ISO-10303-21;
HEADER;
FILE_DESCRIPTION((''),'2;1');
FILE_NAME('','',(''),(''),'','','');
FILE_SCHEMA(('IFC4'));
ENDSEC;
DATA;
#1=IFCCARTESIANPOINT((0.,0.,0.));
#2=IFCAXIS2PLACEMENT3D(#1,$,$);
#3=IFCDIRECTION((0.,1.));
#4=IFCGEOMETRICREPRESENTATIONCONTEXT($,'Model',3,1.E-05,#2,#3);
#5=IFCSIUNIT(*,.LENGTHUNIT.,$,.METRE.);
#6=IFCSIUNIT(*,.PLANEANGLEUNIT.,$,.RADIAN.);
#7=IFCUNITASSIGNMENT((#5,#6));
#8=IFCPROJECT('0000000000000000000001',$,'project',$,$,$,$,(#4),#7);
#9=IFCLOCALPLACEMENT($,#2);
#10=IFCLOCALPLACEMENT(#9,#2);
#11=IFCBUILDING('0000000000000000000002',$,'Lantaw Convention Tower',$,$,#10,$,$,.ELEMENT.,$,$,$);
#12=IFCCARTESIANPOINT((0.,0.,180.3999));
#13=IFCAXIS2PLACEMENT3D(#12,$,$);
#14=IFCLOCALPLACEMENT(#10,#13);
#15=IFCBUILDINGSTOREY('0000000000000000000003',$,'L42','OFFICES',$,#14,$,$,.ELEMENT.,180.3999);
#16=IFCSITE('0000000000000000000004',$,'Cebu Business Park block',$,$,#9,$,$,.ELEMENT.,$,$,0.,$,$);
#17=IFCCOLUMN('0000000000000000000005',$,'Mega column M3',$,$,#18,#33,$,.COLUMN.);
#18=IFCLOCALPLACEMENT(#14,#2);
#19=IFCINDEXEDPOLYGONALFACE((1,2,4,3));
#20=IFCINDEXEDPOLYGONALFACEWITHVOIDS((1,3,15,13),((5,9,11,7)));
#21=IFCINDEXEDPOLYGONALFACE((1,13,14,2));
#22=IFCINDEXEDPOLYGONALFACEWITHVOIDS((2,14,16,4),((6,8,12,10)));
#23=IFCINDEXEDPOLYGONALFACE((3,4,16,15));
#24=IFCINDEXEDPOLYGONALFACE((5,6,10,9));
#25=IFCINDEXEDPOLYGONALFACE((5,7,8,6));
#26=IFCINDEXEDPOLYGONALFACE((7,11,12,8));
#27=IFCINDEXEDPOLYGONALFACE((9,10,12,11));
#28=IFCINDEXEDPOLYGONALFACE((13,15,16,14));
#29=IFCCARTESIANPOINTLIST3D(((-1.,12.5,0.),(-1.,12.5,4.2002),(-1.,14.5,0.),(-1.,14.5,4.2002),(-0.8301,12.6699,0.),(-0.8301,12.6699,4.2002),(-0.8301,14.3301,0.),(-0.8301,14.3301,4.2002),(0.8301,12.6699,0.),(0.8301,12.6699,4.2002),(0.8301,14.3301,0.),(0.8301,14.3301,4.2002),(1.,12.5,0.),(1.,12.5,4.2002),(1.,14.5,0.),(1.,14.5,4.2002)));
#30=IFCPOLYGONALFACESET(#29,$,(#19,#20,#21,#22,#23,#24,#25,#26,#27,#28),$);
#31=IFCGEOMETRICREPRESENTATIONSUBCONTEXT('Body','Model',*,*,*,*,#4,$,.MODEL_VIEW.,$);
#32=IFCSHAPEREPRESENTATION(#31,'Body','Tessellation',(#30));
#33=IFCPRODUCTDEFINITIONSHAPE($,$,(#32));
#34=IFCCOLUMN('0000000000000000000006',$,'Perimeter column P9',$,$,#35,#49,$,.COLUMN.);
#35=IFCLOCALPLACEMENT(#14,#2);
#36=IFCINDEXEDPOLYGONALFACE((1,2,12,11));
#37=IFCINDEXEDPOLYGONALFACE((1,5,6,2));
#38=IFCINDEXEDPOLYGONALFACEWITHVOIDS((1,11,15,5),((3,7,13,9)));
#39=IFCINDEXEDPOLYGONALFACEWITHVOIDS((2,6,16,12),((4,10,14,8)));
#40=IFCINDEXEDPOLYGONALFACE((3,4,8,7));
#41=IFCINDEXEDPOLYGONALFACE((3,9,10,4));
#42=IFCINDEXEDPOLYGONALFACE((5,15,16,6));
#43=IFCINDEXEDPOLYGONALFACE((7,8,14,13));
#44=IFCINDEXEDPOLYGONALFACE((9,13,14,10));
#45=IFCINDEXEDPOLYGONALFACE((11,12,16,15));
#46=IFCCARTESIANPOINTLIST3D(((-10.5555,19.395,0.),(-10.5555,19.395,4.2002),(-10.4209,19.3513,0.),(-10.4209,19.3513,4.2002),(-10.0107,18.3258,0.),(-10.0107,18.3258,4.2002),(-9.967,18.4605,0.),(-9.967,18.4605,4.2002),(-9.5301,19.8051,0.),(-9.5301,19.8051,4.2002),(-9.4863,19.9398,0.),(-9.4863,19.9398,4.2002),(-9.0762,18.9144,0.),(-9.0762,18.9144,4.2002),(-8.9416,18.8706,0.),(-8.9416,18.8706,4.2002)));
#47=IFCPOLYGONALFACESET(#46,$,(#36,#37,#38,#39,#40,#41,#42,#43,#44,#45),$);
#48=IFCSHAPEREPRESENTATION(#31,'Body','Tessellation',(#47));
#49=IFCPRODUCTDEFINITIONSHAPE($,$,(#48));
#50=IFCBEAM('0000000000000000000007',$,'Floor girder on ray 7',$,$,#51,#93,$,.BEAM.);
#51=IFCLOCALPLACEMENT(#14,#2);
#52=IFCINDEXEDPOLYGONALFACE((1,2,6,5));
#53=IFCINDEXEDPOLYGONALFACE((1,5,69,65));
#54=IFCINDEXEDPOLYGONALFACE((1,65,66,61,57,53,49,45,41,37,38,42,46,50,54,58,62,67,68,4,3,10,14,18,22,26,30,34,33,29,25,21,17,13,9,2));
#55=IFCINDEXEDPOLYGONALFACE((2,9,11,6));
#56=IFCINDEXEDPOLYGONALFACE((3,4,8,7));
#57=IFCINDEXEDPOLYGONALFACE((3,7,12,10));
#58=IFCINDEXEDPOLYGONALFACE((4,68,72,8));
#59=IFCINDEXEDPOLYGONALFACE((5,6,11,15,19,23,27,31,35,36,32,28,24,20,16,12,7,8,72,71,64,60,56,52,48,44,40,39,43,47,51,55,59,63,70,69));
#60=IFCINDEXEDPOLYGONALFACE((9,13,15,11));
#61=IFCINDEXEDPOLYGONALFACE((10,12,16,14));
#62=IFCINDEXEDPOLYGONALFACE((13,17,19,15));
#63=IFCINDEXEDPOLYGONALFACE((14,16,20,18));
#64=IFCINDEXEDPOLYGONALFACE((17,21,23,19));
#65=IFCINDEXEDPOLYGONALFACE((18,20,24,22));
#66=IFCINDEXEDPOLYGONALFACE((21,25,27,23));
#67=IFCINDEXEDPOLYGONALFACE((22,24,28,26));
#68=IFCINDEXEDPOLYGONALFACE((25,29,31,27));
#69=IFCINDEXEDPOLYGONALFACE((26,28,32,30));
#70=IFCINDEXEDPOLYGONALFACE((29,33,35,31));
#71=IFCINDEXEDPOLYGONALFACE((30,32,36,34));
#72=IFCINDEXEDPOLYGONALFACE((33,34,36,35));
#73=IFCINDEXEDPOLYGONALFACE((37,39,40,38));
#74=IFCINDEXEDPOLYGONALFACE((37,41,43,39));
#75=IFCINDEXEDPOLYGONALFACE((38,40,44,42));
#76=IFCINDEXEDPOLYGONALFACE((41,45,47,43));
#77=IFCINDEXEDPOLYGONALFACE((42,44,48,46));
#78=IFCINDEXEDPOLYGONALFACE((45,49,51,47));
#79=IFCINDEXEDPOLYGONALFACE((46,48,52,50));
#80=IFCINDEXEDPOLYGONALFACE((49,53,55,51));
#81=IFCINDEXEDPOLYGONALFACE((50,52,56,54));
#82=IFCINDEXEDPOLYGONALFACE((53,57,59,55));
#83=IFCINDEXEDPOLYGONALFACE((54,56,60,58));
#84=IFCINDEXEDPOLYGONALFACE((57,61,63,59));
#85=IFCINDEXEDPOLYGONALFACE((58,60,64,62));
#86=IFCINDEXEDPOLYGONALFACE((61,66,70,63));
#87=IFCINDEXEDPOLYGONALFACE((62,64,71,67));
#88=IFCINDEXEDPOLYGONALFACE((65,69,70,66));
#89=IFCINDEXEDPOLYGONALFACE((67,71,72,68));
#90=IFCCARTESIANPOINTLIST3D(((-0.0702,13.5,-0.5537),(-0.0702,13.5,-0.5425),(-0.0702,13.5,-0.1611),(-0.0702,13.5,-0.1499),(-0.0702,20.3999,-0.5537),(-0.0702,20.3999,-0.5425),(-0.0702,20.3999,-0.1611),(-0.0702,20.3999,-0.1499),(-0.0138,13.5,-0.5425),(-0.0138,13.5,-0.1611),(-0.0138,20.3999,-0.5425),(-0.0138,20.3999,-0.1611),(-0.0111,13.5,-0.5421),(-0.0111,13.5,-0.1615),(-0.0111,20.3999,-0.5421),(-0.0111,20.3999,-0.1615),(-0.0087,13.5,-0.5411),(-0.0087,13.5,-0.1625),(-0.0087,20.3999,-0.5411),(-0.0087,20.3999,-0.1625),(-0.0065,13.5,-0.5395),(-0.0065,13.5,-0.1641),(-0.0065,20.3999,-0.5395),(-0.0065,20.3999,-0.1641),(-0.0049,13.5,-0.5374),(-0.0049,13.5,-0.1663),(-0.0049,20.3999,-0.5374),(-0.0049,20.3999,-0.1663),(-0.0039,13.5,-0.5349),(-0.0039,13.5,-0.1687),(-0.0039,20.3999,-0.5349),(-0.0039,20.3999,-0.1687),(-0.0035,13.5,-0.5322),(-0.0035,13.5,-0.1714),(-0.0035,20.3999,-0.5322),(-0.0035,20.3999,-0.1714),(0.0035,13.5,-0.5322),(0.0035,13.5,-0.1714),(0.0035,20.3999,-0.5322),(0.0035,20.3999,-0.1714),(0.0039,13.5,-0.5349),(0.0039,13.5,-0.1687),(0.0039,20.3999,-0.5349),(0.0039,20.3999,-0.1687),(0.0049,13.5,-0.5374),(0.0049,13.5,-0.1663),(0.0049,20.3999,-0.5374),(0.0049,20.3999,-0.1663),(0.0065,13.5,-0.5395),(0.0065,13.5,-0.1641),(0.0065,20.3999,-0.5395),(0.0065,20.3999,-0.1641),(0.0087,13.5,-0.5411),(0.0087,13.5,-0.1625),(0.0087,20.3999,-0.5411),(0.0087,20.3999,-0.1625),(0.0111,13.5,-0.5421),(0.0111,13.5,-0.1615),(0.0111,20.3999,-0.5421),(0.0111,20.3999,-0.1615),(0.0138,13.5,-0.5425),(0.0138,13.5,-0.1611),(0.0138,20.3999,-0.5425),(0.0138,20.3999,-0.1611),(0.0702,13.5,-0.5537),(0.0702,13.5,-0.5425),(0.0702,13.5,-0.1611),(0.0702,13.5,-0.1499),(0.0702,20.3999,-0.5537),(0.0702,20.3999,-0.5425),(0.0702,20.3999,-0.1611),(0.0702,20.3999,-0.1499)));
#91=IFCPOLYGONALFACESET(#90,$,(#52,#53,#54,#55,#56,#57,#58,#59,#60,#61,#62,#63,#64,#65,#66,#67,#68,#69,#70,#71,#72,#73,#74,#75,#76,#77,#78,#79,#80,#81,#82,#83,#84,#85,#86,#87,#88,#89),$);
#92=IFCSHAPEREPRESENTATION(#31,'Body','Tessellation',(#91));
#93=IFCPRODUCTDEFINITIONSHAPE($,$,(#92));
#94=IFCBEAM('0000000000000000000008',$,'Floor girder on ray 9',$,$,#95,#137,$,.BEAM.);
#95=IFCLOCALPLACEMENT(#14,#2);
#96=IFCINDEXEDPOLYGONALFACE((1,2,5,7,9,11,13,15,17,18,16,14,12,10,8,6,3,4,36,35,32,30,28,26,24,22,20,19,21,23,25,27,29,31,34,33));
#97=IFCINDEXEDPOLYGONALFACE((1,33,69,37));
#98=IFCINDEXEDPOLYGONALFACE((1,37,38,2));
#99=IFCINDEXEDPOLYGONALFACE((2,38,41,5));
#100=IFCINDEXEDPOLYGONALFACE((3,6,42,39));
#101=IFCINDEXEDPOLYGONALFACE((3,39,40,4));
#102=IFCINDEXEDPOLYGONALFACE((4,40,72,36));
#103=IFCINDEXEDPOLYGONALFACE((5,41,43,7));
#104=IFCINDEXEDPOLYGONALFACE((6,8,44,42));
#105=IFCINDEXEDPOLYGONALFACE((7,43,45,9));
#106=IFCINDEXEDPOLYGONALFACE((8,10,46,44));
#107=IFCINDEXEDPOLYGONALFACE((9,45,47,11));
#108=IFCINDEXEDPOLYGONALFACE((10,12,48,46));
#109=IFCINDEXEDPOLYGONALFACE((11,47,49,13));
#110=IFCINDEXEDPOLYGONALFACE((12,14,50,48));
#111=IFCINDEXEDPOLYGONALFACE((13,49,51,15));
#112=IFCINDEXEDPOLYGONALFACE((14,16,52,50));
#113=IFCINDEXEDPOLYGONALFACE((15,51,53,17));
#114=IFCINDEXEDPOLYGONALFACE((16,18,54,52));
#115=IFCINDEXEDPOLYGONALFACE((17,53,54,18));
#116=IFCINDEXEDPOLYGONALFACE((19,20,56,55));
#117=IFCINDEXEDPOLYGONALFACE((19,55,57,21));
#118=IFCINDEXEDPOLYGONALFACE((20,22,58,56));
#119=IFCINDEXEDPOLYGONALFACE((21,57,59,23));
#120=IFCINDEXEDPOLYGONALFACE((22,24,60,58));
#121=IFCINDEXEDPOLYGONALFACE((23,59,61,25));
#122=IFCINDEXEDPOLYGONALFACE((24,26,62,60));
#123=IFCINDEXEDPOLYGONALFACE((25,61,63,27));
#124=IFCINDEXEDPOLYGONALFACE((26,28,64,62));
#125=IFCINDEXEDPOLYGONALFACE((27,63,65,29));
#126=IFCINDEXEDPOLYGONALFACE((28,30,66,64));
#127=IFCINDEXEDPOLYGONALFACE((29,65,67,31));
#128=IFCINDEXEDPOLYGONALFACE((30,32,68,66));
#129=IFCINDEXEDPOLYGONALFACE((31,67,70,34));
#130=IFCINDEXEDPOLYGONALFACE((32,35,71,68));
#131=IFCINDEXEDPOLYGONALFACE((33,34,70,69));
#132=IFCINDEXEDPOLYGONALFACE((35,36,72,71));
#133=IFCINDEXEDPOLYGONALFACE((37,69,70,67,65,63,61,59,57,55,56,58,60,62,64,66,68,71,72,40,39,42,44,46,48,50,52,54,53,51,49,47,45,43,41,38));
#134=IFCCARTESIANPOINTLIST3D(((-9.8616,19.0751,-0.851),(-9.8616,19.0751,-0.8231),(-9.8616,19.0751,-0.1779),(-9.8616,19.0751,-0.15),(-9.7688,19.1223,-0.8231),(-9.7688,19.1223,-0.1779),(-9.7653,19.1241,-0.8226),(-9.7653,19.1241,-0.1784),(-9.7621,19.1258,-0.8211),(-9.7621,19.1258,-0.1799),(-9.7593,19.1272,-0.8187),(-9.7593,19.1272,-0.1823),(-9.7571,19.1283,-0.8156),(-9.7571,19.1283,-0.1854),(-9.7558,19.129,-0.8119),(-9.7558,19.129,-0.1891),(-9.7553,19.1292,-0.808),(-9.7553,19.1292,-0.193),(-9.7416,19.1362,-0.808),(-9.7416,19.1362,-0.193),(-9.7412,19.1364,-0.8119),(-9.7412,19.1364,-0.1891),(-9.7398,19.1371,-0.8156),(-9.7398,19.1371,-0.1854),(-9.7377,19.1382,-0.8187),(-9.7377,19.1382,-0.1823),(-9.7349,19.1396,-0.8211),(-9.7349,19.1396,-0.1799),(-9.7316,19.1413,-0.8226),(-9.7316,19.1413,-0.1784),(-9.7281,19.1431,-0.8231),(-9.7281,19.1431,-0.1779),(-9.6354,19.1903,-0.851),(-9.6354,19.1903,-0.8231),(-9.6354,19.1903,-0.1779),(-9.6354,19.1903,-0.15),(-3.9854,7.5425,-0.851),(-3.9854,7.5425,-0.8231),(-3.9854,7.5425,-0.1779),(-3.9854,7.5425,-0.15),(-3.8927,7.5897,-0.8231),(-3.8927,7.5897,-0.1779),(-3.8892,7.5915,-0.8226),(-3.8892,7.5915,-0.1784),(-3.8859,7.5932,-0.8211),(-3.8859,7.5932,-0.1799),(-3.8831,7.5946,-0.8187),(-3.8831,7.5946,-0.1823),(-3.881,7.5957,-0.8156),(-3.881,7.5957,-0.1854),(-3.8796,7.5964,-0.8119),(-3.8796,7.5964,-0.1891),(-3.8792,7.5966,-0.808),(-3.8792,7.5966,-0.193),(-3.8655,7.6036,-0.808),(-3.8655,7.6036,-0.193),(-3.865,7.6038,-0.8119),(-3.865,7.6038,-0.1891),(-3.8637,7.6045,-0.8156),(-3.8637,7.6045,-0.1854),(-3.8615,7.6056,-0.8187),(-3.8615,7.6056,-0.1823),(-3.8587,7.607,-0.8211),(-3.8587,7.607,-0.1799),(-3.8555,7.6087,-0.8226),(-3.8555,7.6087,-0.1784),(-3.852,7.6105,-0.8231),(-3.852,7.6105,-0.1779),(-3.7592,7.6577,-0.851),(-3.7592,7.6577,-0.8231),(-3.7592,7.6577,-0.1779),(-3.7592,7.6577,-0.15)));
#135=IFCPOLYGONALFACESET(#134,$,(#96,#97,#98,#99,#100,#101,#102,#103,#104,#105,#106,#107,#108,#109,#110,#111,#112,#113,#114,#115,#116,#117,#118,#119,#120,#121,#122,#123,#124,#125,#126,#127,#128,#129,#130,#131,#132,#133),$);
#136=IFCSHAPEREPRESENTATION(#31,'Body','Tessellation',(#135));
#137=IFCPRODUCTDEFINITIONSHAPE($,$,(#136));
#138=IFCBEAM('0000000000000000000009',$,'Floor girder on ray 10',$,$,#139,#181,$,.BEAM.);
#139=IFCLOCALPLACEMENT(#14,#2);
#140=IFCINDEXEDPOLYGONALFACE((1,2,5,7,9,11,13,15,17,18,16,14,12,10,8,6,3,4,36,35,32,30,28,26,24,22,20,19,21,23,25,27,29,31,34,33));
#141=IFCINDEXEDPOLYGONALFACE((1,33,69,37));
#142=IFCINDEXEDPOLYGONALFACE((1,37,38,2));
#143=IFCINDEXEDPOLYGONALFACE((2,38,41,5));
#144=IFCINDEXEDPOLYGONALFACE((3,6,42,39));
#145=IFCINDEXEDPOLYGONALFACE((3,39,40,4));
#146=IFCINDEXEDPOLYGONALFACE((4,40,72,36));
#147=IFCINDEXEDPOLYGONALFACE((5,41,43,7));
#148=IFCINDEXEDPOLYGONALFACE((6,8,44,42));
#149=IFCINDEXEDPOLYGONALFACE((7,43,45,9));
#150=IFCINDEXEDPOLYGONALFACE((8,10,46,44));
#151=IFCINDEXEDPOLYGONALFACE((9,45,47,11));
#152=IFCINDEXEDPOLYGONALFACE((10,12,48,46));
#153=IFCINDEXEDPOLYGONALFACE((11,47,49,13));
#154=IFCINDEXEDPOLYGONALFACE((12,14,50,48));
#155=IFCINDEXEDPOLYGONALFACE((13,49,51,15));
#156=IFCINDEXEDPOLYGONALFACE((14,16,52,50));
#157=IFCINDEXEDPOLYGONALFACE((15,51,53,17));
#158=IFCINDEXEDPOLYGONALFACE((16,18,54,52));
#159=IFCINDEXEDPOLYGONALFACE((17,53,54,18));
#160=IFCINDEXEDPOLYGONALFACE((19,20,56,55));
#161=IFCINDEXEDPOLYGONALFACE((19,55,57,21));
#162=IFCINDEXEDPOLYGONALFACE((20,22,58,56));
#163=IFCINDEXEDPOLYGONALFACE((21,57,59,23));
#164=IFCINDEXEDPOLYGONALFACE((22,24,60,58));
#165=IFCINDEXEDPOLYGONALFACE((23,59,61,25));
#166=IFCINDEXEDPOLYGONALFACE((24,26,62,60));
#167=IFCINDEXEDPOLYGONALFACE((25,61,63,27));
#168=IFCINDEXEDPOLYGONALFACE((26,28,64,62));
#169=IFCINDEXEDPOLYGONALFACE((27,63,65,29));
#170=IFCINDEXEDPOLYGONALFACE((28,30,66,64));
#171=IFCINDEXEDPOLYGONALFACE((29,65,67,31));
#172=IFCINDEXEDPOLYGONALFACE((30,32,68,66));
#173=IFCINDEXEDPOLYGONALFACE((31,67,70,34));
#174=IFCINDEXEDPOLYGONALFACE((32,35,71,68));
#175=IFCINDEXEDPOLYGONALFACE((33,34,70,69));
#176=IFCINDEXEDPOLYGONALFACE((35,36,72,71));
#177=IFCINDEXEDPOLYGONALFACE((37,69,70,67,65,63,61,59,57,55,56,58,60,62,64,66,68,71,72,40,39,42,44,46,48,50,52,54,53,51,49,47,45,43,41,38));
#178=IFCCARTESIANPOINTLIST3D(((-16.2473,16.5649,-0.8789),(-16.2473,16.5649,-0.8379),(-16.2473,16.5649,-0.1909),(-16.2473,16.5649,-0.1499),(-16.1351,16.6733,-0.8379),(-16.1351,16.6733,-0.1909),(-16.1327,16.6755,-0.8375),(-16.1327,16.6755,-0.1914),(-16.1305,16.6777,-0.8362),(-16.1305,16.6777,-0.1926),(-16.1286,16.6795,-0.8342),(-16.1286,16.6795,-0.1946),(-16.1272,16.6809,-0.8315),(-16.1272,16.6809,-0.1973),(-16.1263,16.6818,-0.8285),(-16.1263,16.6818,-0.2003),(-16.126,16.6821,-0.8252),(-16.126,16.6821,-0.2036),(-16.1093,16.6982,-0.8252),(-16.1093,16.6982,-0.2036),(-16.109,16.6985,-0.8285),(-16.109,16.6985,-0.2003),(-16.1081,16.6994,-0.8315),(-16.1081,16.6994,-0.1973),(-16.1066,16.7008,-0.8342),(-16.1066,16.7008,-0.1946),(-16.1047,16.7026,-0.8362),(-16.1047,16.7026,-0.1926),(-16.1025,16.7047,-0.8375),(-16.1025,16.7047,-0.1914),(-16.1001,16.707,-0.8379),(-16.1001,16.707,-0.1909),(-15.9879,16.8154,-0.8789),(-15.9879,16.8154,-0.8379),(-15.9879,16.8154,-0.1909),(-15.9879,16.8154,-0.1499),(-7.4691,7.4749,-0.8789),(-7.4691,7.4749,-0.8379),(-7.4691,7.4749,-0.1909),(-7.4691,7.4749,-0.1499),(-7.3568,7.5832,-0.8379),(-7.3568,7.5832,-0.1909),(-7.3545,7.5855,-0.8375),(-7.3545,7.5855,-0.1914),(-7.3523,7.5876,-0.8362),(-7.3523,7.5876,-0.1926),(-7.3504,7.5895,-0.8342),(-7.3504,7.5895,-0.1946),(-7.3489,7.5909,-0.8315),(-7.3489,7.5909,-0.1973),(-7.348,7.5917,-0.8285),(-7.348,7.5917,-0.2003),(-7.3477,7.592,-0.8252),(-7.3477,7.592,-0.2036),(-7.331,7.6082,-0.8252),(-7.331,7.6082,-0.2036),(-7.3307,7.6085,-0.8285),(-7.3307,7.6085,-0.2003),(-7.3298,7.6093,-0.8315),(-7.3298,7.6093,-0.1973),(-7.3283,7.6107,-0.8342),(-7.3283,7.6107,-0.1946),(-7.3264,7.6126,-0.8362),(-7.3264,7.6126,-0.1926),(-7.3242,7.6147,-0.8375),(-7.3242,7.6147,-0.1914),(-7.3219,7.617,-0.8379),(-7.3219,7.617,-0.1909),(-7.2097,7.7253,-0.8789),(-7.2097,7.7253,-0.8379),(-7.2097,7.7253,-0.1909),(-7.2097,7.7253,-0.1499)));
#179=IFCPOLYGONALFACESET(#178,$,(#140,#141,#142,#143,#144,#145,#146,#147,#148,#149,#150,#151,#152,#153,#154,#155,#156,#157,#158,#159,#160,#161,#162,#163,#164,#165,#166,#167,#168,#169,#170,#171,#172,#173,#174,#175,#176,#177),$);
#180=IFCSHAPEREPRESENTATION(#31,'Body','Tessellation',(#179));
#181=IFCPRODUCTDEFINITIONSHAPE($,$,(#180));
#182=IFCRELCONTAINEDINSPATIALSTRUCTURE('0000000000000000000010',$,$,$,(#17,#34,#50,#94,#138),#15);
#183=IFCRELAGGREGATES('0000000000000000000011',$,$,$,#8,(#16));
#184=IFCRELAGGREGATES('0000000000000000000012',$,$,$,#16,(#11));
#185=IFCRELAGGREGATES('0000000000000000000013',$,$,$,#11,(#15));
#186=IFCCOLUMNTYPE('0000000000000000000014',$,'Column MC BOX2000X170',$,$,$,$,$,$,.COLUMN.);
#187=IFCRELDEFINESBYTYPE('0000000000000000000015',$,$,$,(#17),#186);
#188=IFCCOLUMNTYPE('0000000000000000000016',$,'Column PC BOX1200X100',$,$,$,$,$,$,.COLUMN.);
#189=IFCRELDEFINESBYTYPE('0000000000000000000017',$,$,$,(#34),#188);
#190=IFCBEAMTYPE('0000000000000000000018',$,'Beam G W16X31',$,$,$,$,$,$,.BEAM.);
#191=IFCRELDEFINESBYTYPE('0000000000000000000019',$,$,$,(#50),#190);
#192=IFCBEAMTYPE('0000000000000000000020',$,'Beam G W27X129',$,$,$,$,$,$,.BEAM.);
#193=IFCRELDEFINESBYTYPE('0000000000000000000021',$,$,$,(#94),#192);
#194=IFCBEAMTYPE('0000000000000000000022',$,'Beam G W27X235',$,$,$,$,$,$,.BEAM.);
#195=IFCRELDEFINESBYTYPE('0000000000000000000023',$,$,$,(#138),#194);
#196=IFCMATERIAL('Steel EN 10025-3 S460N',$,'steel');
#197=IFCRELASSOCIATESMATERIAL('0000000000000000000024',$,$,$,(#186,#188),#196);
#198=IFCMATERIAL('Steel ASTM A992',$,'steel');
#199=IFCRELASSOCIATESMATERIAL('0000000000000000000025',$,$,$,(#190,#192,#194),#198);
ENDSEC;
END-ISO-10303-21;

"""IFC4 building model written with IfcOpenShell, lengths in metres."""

from ifc_helpers import new_model, si_unit, direction, frame, origin, origin_2d, place, context, subcontext, project, spatial, rectangle, hollow_rectangle, i_section, extrude, material, material_profile, profile_set, type_object, element, save


model = new_model("IFC4")

# Units and contexts
model_context = context("Model", 3, precision=1e-05, world=origin(), true_north=direction((0.0, 1.0)))
body_context = subcontext(model_context, "Body", "Model", "MODEL_VIEW")
ifc_project = project(units=[si_unit("LENGTHUNIT", "METRE"), si_unit("PLANEANGLEUNIT", "RADIAN")], contexts=[model_context])

# Site, building, storey
site_placement = place(None, origin())
site = spatial("IfcSite", under=ifc_project, at=site_placement, Name="Cebu Business Park block", CompositionType="ELEMENT", RefElevation=0.0)
building_placement = place(site_placement, origin())
building = spatial("IfcBuilding", under=site, at=building_placement, Name="Lantaw Convention Tower", CompositionType="ELEMENT")
storey_placement = place(building_placement, frame((0.0, 0.0, 180.3999)))
storey = spatial("IfcBuildingStorey", under=building, at=storey_placement, Name="L42", Description="OFFICES", CompositionType="ELEMENT", Elevation=180.3999)

# Columns
ifc_material_1 = material(Name="Steel EN 10025-3 S460N", Category="steel")
ifc_material_profile_1 = material_profile(ifc_material_1, hollow_rectangle(XDim=2.0, YDim=2.0, WallThickness=0.1699, at=origin_2d()), Name="BOX2000X170")
ifc_material_2 = material(Name="Concrete C60/75", Category="concrete")
ifc_material_profile_2 = material_profile(ifc_material_2, rectangle(XDim=1.6599, YDim=1.6599, at=origin_2d()), Name="Concrete fill of BOX2000X170")
ifc_profile_set_1 = profile_set([ifc_material_profile_1, ifc_material_profile_2], Name="Steel EN 10025-3 S460N")
column_type_1 = type_object("IfcColumnType", Name="Column MC BOX2000X170", PredefinedType="COLUMN", material=ifc_profile_set_1)
column_1_placement = place(storey_placement, frame((0.0, 13.5, 0.0), z_axis=(0.0, 0.0, 1.0), x_axis=(1.0, 0.0, 0.0)))
element("IfcColumn", 1, at=column_1_placement, inside=storey, type_object=column_type_1, Name="Mega column M3", PredefinedType="COLUMN", context=body_context, shape_type="SweptSolid", body=[
    extrude(hollow_rectangle(XDim=2.0, YDim=2.0, WallThickness=0.1699, at=origin_2d()), origin(), (0.0, 0.0, 1.0), 4.2002),
])
ifc_material_profile_3 = material_profile(ifc_material_1, hollow_rectangle(XDim=1.2, YDim=1.2, WallThickness=0.1001, at=origin_2d()), Name="BOX1200X100")
ifc_material_profile_4 = material_profile(ifc_material_2, rectangle(XDim=1.0, YDim=1.0, at=origin_2d()), Name="Concrete fill of BOX1200X100")
ifc_profile_set_2 = profile_set([ifc_material_profile_3, ifc_material_profile_4], Name="Steel EN 10025-3 S460N")
column_type_2 = type_object("IfcColumnType", Name="Column PC BOX1200X100", PredefinedType="COLUMN", material=ifc_profile_set_2)
column_2_placement = place(storey_placement, frame((-9.7485, 19.1328, 0.0), z_axis=(0.0, 0.0, 1.0), x_axis=(0.891007, 0.45399, 0.0)))
element("IfcColumn", 2, at=column_2_placement, inside=storey, type_object=column_type_2, Name="Perimeter column P9", PredefinedType="COLUMN", context=body_context, shape_type="SweptSolid", body=[
    extrude(hollow_rectangle(XDim=1.2, YDim=1.2, WallThickness=0.1001, at=origin_2d()), origin(), (0.0, 0.0, 1.0), 4.2002),
])

# Beams
ifc_material_3 = material(Name="Steel ASTM A992", Category="steel")
ifc_material_profile_5 = material_profile(ifc_material_3, i_section(OverallWidth=0.1404, OverallDepth=0.4038, WebThickness=0.0071, FlangeThickness=0.0112, FilletRadius=0.0103, at=origin_2d()), Name="W16X31")
ifc_profile_set_3 = profile_set([ifc_material_profile_5], Name="Steel ASTM A992")
beam_type_1 = type_object("IfcBeamType", Name="Beam G W16X31", PredefinedType="BEAM", material=ifc_profile_set_3)
beam_1_placement = place(storey_placement, frame((0.0, 13.5, -0.3518), z_axis=(0.0, 1.0, 0.0), x_axis=(-1.0, 0.0, 0.0)))
element("IfcBeam", 3, at=beam_1_placement, inside=storey, type_object=beam_type_1, Name="Floor girder on ray 7", PredefinedType="BEAM", context=body_context, shape_type="SweptSolid", body=[
    extrude(i_section(OverallWidth=0.1404, OverallDepth=0.4038, WebThickness=0.0071, FlangeThickness=0.0112, FilletRadius=0.0103, at=origin_2d()), origin(), (0.0, 0.0, 1.0), 6.8999),
])
ifc_material_profile_6 = material_profile(ifc_material_3, i_section(OverallWidth=0.2539, OverallDepth=0.7009, WebThickness=0.0154, FlangeThickness=0.0278, FilletRadius=0.0151, at=origin_2d()), Name="W27X129")
ifc_profile_set_4 = profile_set([ifc_material_profile_6], Name="Steel ASTM A992")
beam_type_2 = type_object("IfcBeamType", Name="Beam G W27X129", PredefinedType="BEAM", material=ifc_profile_set_4)
beam_2_placement = place(storey_placement, frame((-3.8723, 7.6001, -0.5005), z_axis=(-0.453991, 0.891006, 0.0), x_axis=(-0.891006, -0.453991, 0.0)))
element("IfcBeam", 4, at=beam_2_placement, inside=storey, type_object=beam_type_2, Name="Floor girder on ray 9", PredefinedType="BEAM", context=body_context, shape_type="SweptSolid", body=[
    extrude(i_section(OverallWidth=0.2539, OverallDepth=0.7009, WebThickness=0.0154, FlangeThickness=0.0278, FilletRadius=0.0151, at=origin_2d()), origin(), (0.0, 0.0, 1.0), 12.9434),
])
ifc_material_profile_7 = material_profile(ifc_material_3, i_section(OverallWidth=0.3606, OverallDepth=0.729, WebThickness=0.0232, FlangeThickness=0.041, FilletRadius=0.0127, at=origin_2d()), Name="W27X235")
ifc_profile_set_5 = profile_set([ifc_material_profile_7], Name="Steel ASTM A992")
beam_type_3 = type_object("IfcBeamType", Name="Beam G W27X235", PredefinedType="BEAM", material=ifc_profile_set_5)
beam_3_placement = place(storey_placement, frame((-7.3394, 7.6001, -0.5144), z_axis=(-0.694663, 0.719335, 0.0), x_axis=(-0.719335, -0.694663, 0.0)))
element("IfcBeam", 5, at=beam_3_placement, inside=storey, type_object=beam_type_3, Name="Floor girder on ray 10", PredefinedType="BEAM", context=body_context, shape_type="SweptSolid", body=[
    extrude(i_section(OverallWidth=0.3606, OverallDepth=0.729, WebThickness=0.0232, FlangeThickness=0.041, FilletRadius=0.0127, at=origin_2d()), origin(), (0.0, 0.0, 1.0), 12.6367),
])

save(model, "model.ifc")
